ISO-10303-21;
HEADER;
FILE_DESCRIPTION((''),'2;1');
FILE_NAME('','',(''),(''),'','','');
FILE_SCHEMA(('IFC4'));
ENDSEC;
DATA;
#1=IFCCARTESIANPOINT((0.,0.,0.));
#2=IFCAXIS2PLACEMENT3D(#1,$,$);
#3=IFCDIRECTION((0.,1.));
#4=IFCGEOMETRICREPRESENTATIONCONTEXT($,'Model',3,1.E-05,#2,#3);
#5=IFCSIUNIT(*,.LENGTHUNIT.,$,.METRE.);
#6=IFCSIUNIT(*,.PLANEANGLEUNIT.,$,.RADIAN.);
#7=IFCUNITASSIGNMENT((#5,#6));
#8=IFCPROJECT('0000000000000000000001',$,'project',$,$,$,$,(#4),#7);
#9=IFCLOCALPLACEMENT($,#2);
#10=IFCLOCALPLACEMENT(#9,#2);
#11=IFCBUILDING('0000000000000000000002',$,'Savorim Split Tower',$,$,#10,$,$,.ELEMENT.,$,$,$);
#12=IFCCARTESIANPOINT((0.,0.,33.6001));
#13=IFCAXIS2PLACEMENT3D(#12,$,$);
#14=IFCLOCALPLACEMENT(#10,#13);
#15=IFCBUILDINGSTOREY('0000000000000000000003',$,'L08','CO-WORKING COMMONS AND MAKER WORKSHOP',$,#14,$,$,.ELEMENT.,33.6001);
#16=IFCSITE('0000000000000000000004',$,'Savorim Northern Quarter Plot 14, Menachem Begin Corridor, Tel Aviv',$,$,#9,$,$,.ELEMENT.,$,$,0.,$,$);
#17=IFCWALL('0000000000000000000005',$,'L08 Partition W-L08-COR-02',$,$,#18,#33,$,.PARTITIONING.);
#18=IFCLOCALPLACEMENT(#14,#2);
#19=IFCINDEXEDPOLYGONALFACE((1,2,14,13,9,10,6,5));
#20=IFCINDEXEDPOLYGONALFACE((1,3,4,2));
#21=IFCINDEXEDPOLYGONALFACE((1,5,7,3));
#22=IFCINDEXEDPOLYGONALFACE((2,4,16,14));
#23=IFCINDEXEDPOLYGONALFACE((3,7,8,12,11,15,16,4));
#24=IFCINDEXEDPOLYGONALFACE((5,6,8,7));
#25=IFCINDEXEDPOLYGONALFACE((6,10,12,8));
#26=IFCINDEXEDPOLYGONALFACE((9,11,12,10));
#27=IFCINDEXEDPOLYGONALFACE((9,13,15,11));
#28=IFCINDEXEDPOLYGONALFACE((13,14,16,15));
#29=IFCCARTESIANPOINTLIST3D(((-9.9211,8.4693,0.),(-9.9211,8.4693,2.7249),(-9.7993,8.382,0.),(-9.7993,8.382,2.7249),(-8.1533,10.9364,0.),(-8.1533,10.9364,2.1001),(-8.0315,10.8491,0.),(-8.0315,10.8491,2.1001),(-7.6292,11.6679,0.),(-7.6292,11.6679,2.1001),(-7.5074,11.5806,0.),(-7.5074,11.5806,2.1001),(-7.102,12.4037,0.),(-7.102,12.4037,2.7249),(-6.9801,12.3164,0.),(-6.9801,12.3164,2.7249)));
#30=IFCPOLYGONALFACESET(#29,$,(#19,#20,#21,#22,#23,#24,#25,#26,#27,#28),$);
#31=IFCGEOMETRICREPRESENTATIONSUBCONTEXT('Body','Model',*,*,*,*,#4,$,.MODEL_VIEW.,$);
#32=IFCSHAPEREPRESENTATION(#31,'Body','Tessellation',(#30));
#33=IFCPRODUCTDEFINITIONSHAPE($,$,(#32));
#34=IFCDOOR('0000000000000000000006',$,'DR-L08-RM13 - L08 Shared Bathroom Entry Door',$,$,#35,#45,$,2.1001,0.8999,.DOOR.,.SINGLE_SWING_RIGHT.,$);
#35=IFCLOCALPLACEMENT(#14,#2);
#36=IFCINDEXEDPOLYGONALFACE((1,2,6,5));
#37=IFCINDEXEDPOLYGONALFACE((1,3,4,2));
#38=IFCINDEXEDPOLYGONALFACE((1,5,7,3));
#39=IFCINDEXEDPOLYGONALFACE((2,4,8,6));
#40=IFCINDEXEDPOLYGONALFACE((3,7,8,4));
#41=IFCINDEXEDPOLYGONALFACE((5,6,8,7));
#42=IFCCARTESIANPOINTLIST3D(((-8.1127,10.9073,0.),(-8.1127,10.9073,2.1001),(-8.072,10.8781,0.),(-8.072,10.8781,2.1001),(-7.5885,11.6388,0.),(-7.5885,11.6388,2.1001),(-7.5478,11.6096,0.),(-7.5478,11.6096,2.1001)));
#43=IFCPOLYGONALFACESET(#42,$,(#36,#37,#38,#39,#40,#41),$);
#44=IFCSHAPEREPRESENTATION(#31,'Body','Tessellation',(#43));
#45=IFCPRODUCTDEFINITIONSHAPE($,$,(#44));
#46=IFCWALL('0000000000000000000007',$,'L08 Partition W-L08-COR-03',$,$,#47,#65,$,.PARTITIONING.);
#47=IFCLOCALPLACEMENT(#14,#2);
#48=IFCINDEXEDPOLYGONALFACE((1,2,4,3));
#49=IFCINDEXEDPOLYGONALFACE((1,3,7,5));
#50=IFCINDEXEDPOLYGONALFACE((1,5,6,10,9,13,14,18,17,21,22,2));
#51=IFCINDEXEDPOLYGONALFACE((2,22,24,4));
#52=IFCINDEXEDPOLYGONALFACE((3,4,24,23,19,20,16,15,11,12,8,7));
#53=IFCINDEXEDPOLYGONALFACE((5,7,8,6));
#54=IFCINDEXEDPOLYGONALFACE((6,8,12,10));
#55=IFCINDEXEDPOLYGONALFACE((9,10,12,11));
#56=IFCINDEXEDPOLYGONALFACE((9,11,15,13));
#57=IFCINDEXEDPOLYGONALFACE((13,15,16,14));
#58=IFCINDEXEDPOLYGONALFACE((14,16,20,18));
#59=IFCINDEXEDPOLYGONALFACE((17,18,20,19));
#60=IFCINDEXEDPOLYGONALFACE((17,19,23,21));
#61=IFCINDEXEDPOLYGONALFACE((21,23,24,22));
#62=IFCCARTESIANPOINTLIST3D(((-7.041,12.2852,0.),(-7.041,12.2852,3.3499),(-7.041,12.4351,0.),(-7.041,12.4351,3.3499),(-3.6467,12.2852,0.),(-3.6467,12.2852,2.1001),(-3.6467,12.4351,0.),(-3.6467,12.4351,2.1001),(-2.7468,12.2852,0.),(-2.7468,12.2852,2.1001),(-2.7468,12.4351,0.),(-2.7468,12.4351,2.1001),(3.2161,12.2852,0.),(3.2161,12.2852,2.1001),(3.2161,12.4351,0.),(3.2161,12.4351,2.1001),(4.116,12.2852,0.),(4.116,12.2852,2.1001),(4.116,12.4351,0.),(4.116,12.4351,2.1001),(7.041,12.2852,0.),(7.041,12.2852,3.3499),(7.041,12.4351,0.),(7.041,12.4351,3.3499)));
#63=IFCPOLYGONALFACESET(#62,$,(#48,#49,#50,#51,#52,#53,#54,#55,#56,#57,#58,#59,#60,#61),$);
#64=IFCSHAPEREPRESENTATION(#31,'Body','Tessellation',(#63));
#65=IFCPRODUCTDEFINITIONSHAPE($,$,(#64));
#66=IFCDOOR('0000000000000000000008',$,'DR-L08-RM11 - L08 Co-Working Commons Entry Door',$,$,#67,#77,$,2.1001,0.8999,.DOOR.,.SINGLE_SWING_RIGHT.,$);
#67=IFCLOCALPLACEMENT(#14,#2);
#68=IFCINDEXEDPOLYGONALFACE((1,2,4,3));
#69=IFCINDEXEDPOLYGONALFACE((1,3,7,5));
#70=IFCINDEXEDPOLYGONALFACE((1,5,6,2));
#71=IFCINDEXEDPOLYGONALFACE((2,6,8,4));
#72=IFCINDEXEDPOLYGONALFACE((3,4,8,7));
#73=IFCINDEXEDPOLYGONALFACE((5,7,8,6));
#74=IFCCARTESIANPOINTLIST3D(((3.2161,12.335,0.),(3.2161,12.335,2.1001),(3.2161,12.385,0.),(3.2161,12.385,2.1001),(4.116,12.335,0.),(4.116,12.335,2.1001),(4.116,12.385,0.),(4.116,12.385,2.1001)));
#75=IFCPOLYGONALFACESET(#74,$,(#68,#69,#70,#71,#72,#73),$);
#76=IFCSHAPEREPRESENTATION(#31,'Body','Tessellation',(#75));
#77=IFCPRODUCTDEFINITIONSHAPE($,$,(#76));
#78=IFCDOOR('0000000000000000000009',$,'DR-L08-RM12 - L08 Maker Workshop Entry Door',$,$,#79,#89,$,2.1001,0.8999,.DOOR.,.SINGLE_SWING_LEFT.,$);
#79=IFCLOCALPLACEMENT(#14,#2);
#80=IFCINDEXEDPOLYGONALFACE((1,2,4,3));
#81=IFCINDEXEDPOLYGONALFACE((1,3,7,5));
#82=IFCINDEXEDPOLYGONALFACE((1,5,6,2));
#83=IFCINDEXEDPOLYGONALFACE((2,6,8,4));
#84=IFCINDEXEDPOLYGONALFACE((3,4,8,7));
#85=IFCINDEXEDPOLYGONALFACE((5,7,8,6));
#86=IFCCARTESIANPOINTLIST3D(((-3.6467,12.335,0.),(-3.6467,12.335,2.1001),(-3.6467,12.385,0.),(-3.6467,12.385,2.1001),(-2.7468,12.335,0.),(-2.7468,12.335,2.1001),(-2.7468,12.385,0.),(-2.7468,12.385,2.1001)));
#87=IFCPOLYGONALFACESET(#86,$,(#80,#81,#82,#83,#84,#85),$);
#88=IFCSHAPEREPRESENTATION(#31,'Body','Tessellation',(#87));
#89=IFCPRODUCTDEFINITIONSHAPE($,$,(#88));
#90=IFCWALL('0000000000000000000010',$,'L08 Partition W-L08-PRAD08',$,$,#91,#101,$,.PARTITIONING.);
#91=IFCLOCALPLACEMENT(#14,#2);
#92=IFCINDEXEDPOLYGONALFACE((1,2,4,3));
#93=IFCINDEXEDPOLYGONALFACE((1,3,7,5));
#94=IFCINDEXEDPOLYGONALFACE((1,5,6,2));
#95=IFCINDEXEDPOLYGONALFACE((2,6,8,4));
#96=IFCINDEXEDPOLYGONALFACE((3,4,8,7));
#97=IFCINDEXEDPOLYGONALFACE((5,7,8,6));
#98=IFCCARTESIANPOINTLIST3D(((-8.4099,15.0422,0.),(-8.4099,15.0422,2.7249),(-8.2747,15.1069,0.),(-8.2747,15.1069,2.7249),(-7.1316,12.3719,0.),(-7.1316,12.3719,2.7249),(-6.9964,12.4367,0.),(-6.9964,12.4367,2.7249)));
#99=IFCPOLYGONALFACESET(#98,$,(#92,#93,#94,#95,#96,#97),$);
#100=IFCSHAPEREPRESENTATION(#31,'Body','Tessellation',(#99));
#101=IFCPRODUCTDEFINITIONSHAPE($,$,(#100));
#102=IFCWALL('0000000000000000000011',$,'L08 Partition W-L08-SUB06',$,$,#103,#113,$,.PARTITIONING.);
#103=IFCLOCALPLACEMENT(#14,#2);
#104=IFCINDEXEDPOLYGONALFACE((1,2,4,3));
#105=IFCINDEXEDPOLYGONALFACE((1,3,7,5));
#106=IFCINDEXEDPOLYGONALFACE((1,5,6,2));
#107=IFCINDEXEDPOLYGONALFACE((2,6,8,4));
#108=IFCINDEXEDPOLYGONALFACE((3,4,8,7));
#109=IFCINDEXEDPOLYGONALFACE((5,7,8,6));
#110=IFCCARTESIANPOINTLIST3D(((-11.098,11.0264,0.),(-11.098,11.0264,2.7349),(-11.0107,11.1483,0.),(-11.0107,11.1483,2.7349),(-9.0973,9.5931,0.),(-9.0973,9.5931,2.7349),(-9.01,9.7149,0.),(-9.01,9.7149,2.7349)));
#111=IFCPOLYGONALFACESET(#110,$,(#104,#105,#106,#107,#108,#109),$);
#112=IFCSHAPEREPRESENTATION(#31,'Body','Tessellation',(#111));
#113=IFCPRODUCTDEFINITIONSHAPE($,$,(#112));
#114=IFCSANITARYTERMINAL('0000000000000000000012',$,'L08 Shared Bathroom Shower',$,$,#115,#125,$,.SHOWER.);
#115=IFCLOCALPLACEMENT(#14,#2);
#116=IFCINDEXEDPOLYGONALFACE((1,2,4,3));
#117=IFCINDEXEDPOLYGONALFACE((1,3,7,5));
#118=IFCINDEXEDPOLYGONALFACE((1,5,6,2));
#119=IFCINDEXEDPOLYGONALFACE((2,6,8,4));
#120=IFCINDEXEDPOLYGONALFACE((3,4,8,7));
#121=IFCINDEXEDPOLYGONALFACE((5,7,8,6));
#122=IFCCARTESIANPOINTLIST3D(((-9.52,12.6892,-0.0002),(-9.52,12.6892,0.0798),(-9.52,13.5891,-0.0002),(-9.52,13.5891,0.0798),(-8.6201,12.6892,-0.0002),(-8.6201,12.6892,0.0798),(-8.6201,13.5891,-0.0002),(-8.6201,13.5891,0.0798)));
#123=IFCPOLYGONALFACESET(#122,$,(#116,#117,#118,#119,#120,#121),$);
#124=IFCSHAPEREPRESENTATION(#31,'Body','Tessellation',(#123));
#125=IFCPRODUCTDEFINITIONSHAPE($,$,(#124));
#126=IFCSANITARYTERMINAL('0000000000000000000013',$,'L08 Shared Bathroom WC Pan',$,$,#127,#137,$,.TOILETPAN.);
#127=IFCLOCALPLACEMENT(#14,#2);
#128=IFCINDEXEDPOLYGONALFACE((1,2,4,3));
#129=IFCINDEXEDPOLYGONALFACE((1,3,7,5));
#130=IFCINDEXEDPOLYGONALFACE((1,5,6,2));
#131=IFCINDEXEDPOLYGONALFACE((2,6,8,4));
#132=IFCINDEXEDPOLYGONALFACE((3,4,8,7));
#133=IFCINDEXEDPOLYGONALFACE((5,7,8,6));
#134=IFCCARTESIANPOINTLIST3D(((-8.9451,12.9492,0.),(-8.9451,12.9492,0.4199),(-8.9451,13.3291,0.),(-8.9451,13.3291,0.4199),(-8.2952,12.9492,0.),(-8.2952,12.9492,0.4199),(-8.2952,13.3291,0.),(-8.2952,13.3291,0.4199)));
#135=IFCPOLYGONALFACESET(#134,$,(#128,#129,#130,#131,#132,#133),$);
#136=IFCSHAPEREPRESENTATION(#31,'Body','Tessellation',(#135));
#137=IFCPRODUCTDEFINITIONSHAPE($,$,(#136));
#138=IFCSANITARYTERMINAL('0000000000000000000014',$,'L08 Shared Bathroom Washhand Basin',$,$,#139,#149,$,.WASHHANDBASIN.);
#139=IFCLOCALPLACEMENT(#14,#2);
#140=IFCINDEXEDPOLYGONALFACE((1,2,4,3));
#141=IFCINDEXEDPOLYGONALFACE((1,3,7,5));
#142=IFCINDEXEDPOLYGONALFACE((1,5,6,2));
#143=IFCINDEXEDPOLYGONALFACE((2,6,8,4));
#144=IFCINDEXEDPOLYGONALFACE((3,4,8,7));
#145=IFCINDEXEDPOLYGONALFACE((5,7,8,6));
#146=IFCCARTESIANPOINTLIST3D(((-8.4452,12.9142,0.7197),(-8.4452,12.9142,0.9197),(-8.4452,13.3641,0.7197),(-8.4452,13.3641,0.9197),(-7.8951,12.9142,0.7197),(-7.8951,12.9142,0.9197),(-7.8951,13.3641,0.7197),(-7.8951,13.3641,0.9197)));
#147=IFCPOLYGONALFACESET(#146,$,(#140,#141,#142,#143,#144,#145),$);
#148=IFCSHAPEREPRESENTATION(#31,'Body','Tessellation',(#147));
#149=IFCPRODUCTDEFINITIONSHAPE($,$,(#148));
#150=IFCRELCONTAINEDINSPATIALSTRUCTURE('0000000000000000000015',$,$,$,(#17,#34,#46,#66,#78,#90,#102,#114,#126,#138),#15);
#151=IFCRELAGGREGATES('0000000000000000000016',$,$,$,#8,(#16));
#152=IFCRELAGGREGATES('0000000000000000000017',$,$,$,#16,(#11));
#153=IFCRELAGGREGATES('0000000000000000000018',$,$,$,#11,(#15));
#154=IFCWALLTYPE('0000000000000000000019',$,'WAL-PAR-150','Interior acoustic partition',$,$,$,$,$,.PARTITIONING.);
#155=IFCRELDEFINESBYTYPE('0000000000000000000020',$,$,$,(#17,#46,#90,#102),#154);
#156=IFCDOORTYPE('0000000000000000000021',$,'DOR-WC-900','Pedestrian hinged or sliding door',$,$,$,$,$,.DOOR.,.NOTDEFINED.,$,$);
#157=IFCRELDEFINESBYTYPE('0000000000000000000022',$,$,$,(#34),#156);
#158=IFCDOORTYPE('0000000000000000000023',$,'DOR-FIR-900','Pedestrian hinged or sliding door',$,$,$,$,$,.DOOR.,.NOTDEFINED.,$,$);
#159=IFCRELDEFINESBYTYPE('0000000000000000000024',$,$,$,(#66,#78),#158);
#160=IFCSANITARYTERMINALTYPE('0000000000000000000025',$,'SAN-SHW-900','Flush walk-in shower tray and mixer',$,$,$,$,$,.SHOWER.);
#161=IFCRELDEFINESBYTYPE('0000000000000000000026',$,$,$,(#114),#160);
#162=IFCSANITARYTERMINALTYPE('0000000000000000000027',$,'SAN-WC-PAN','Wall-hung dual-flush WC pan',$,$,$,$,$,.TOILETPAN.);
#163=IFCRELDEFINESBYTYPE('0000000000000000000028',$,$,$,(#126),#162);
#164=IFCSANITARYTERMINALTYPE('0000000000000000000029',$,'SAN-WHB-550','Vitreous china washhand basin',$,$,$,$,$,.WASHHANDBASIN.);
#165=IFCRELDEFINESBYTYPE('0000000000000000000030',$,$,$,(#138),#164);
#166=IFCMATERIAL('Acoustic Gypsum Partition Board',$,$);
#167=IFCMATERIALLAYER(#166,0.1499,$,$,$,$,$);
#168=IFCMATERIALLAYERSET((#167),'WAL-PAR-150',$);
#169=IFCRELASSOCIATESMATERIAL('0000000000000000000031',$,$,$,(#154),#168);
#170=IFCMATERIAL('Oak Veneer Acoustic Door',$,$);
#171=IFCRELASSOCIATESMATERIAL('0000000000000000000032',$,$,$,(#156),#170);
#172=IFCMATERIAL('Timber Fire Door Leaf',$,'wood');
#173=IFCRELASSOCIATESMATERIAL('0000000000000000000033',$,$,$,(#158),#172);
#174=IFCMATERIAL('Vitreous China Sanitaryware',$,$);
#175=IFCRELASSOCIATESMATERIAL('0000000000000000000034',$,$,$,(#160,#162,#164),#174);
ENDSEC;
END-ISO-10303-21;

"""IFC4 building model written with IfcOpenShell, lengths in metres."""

from ifc_helpers import new_model, si_unit, direction, frame, frame_2d, origin, origin_2d, place, context, subcontext, project, spatial, rectangle, extrude, material, layer, layer_set, type_object, element, fill, save


model = new_model("IFC4")

# Units and contexts
model_context = context("Model", 3, precision=1e-05, world=origin(), true_north=direction((0.0, 1.0)))
body_context = subcontext(model_context, "Body", "Model", "MODEL_VIEW")
ifc_project = project(units=[si_unit("LENGTHUNIT", "METRE"), si_unit("PLANEANGLEUNIT", "RADIAN")], contexts=[model_context])

# Site, building, storey
site_placement = place(None, origin())
site = spatial("IfcSite", under=ifc_project, at=site_placement, Name="Savorim Northern Quarter Plot 14, Menachem Begin Corridor, Tel Aviv", CompositionType="ELEMENT", RefElevation=0.0)
building_placement = place(site_placement, origin())
building = spatial("IfcBuilding", under=site, at=building_placement, Name="Savorim Split Tower", CompositionType="ELEMENT")
storey_placement = place(building_placement, frame((0.0, 0.0, 33.6001)))
storey = spatial("IfcBuildingStorey", under=building, at=storey_placement, Name="L08", Description="CO-WORKING COMMONS AND MAKER WORKSHOP", CompositionType="ELEMENT", Elevation=33.6001)

# Shared definitions
ifc_material_1 = material(Name="Acoustic Gypsum Partition Board")
ifc_layer_1 = layer(ifc_material_1, 0.1499)
ifc_layer_set_1 = layer_set([ifc_layer_1], Name="WAL-PAR-150")
wall_type_1 = type_object("IfcWallType", Name="WAL-PAR-150", Description="Interior acoustic partition", PredefinedType="PARTITIONING", material=ifc_layer_set_1)

# Wall, opening, door
wall_1_placement = place(storey_placement, frame((-9.8601, 8.4258, 0.0), z_axis=(0.0, 0.0, 1.0), x_axis=(0.58245, 0.812867, 0.0)))
wall_1 = element("IfcWall", 1, at=wall_1_placement, inside=storey, type_object=wall_type_1, Name="L08 Partition W-L08-COR-02", PredefinedType="PARTITIONING", context=body_context, shape_type="SweptSolid", body=[
    extrude(rectangle(XDim=4.8401, YDim=0.1499, at=frame_2d((2.4199, 0.0))), origin(), (0.0, 0.0, 1.0), 2.7249),
])
opening_1_placement = place(wall_1_placement, frame((3.0349, 0.0, 0.0)))
opening_1 = element("IfcOpeningElement", 2, at=opening_1_placement, cuts=wall_1, PredefinedType="OPENING", context=body_context, shape_type="SweptSolid", body=[
    extrude(rectangle(XDim=0.8999, YDim=2.1001, at=frame_2d((0.45, 1.05))), frame((0.0, 0.085, 0.0), z_axis=(0.0, -1.0, 0.0), x_axis=(1.0, 0.0, 0.0)), (0.0, 0.0, 1.0), 0.1699),
])
ifc_material_2 = material(Name="Oak Veneer Acoustic Door")
door_type_1 = type_object("IfcDoorType", Name="DOR-WC-900", Description="Pedestrian hinged or sliding door", OperationType="NOTDEFINED", PredefinedType="DOOR", material=ifc_material_2)
door_1_placement = place(opening_1_placement, origin())
door_1 = element("IfcDoor", 3, at=door_1_placement, inside=storey, type_object=door_type_1, Name="DR-L08-RM13 - L08 Shared Bathroom Entry Door", OperationType="SINGLE_SWING_RIGHT", OverallHeight=2.1001, OverallWidth=0.8999, PredefinedType="DOOR", context=body_context, shape_type="SweptSolid", body=[
    extrude(rectangle(XDim=0.8999, YDim=2.1001, at=frame_2d((0.45, 1.05))), frame((0.0, 0.0249, 0.0), z_axis=(0.0, -1.0, 0.0), x_axis=(1.0, 0.0, 0.0)), (0.0, 0.0, 1.0), 0.05),
])
fill(opening_1, door_1)

# Wall, openings, doors
wall_2_placement = place(storey_placement, frame((-7.041, 12.3601, 0.0), z_axis=(0.0, 0.0, 1.0), x_axis=(1.0, 0.0, 0.0)))
wall_2 = element("IfcWall", 4, at=wall_2_placement, inside=storey, type_object=wall_type_1, Name="L08 Partition W-L08-COR-03", PredefinedType="PARTITIONING", context=body_context, shape_type="SweptSolid", body=[
    extrude(rectangle(XDim=14.082, YDim=0.1499, at=frame_2d((7.041, 0.0))), origin(), (0.0, 0.0, 1.0), 3.3499),
])
opening_2_placement = place(wall_2_placement, frame((10.2571, 0.0, 0.0)))
opening_2 = element("IfcOpeningElement", 5, at=opening_2_placement, cuts=wall_2, PredefinedType="OPENING", context=body_context, shape_type="SweptSolid", body=[
    extrude(rectangle(XDim=0.8999, YDim=2.1001, at=frame_2d((0.45, 1.05))), frame((0.0, 0.085, 0.0), z_axis=(0.0, -1.0, 0.0), x_axis=(1.0, 0.0, 0.0)), (0.0, 0.0, 1.0), 0.1699),
])
opening_3_placement = place(wall_2_placement, frame((3.3943, 0.0, 0.0)))
opening_3 = element("IfcOpeningElement", 6, at=opening_3_placement, cuts=wall_2, PredefinedType="OPENING", context=body_context, shape_type="SweptSolid", body=[
    extrude(rectangle(XDim=0.8999, YDim=2.1001, at=frame_2d((0.45, 1.05))), frame((0.0, 0.085, 0.0), z_axis=(0.0, -1.0, 0.0), x_axis=(1.0, 0.0, 0.0)), (0.0, 0.0, 1.0), 0.1699),
])
ifc_material_3 = material(Name="Timber Fire Door Leaf", Category="wood")
door_type_2 = type_object("IfcDoorType", Name="DOR-FIR-900", Description="Pedestrian hinged or sliding door", OperationType="NOTDEFINED", PredefinedType="DOOR", material=ifc_material_3)
door_2_placement = place(opening_2_placement, origin())
door_2 = element("IfcDoor", 7, at=door_2_placement, inside=storey, type_object=door_type_2, Name="DR-L08-RM11 - L08 Co-Working Commons Entry Door", OperationType="SINGLE_SWING_RIGHT", OverallHeight=2.1001, OverallWidth=0.8999, PredefinedType="DOOR", context=body_context, shape_type="SweptSolid", body=[
    extrude(rectangle(XDim=0.8999, YDim=2.1001, at=frame_2d((0.45, 1.05))), frame((0.0, 0.0249, 0.0), z_axis=(0.0, -1.0, 0.0), x_axis=(1.0, 0.0, 0.0)), (0.0, 0.0, 1.0), 0.05),
])
fill(opening_2, door_2)
door_3_placement = place(opening_3_placement, origin())
door_3 = element("IfcDoor", 8, at=door_3_placement, inside=storey, type_object=door_type_2, Name="DR-L08-RM12 - L08 Maker Workshop Entry Door", OperationType="SINGLE_SWING_LEFT", OverallHeight=2.1001, OverallWidth=0.8999, PredefinedType="DOOR", context=body_context, shape_type="SweptSolid", body=[
    extrude(rectangle(XDim=0.8999, YDim=2.1001, at=frame_2d((0.45, 1.05))), frame((0.0, 0.0249, 0.0), z_axis=(0.0, -1.0, 0.0), x_axis=(1.0, 0.0, 0.0)), (0.0, 0.0, 1.0), 0.05),
])
fill(opening_3, door_3)

# Walls
wall_3_placement = place(storey_placement, frame((-7.064, 12.4043, 0.0), z_axis=(0.0, 0.0, 1.0), x_axis=(-0.431809, 0.901965, 0.0)))
element("IfcWall", 9, at=wall_3_placement, inside=storey, type_object=wall_type_1, Name="L08 Partition W-L08-PRAD08", PredefinedType="PARTITIONING", context=body_context, shape_type="SweptSolid", body=[
    extrude(rectangle(XDim=2.9604, YDim=0.1499, at=frame_2d((1.4802, 0.0))), origin(), (0.0, 0.0, 1.0), 2.7249),
])
wall_4_placement = place(storey_placement, frame((-9.0537, 9.6541, 0.0), z_axis=(0.0, 0.0, 1.0), x_axis=(-0.812915, 0.582382, 0.0)))
element("IfcWall", 10, at=wall_4_placement, inside=storey, type_object=wall_type_1, Name="L08 Partition W-L08-SUB06", PredefinedType="PARTITIONING", context=body_context, shape_type="SweptSolid", body=[
    extrude(rectangle(XDim=2.4612, YDim=0.1499, at=frame_2d((1.2305, 0.0))), origin(), (0.0, 0.0, 1.0), 2.7349),
])

# Sanitary terminals
ifc_material_4 = material(Name="Vitreous China Sanitaryware")
sanitary_terminal_type_1 = type_object("IfcSanitaryTerminalType", Name="SAN-SHW-900", Description="Flush walk-in shower tray and mixer", PredefinedType="SHOWER", material=ifc_material_4)
sanitary_terminal_1_placement = place(storey_placement, frame((-9.0701, 13.1392, -0.0002), z_axis=(0.0, 0.0, 1.0), x_axis=(1.0, 0.0, 0.0)))
element("IfcSanitaryTerminal", 11, at=sanitary_terminal_1_placement, inside=storey, type_object=sanitary_terminal_type_1, Name="L08 Shared Bathroom Shower", PredefinedType="SHOWER", context=body_context, shape_type="SweptSolid", body=[
    extrude(rectangle(XDim=0.8999, YDim=0.8999, at=origin_2d()), origin(), (0.0, 0.0, 1.0), 0.0801),
])
sanitary_terminal_type_2 = type_object("IfcSanitaryTerminalType", Name="SAN-WC-PAN", Description="Wall-hung dual-flush WC pan", PredefinedType="TOILETPAN", material=ifc_material_4)
sanitary_terminal_2_placement = place(storey_placement, frame((-8.6201, 13.1392, 0.0), z_axis=(0.0, 0.0, 1.0), x_axis=(1.0, 0.0, 0.0)))
element("IfcSanitaryTerminal", 12, at=sanitary_terminal_2_placement, inside=storey, type_object=sanitary_terminal_type_2, Name="L08 Shared Bathroom WC Pan", PredefinedType="TOILETPAN", context=body_context, shape_type="SweptSolid", body=[
    extrude(rectangle(XDim=0.6499, YDim=0.3799, at=origin_2d()), origin(), (0.0, 0.0, 1.0), 0.4199),
])
sanitary_terminal_type_3 = type_object("IfcSanitaryTerminalType", Name="SAN-WHB-550", Description="Vitreous china washhand basin", PredefinedType="WASHHANDBASIN", material=ifc_material_4)
sanitary_terminal_3_placement = place(storey_placement, frame((-8.1702, 13.1392, 0.7197), z_axis=(0.0, 0.0, 1.0), x_axis=(1.0, 0.0, 0.0)))
element("IfcSanitaryTerminal", 13, at=sanitary_terminal_3_placement, inside=storey, type_object=sanitary_terminal_type_3, Name="L08 Shared Bathroom Washhand Basin", PredefinedType="WASHHANDBASIN", context=body_context, shape_type="SweptSolid", body=[
    extrude(rectangle(XDim=0.55, YDim=0.45, at=origin_2d()), origin(), (0.0, 0.0, 1.0), 0.2),
])

save(model, "model.ifc")
